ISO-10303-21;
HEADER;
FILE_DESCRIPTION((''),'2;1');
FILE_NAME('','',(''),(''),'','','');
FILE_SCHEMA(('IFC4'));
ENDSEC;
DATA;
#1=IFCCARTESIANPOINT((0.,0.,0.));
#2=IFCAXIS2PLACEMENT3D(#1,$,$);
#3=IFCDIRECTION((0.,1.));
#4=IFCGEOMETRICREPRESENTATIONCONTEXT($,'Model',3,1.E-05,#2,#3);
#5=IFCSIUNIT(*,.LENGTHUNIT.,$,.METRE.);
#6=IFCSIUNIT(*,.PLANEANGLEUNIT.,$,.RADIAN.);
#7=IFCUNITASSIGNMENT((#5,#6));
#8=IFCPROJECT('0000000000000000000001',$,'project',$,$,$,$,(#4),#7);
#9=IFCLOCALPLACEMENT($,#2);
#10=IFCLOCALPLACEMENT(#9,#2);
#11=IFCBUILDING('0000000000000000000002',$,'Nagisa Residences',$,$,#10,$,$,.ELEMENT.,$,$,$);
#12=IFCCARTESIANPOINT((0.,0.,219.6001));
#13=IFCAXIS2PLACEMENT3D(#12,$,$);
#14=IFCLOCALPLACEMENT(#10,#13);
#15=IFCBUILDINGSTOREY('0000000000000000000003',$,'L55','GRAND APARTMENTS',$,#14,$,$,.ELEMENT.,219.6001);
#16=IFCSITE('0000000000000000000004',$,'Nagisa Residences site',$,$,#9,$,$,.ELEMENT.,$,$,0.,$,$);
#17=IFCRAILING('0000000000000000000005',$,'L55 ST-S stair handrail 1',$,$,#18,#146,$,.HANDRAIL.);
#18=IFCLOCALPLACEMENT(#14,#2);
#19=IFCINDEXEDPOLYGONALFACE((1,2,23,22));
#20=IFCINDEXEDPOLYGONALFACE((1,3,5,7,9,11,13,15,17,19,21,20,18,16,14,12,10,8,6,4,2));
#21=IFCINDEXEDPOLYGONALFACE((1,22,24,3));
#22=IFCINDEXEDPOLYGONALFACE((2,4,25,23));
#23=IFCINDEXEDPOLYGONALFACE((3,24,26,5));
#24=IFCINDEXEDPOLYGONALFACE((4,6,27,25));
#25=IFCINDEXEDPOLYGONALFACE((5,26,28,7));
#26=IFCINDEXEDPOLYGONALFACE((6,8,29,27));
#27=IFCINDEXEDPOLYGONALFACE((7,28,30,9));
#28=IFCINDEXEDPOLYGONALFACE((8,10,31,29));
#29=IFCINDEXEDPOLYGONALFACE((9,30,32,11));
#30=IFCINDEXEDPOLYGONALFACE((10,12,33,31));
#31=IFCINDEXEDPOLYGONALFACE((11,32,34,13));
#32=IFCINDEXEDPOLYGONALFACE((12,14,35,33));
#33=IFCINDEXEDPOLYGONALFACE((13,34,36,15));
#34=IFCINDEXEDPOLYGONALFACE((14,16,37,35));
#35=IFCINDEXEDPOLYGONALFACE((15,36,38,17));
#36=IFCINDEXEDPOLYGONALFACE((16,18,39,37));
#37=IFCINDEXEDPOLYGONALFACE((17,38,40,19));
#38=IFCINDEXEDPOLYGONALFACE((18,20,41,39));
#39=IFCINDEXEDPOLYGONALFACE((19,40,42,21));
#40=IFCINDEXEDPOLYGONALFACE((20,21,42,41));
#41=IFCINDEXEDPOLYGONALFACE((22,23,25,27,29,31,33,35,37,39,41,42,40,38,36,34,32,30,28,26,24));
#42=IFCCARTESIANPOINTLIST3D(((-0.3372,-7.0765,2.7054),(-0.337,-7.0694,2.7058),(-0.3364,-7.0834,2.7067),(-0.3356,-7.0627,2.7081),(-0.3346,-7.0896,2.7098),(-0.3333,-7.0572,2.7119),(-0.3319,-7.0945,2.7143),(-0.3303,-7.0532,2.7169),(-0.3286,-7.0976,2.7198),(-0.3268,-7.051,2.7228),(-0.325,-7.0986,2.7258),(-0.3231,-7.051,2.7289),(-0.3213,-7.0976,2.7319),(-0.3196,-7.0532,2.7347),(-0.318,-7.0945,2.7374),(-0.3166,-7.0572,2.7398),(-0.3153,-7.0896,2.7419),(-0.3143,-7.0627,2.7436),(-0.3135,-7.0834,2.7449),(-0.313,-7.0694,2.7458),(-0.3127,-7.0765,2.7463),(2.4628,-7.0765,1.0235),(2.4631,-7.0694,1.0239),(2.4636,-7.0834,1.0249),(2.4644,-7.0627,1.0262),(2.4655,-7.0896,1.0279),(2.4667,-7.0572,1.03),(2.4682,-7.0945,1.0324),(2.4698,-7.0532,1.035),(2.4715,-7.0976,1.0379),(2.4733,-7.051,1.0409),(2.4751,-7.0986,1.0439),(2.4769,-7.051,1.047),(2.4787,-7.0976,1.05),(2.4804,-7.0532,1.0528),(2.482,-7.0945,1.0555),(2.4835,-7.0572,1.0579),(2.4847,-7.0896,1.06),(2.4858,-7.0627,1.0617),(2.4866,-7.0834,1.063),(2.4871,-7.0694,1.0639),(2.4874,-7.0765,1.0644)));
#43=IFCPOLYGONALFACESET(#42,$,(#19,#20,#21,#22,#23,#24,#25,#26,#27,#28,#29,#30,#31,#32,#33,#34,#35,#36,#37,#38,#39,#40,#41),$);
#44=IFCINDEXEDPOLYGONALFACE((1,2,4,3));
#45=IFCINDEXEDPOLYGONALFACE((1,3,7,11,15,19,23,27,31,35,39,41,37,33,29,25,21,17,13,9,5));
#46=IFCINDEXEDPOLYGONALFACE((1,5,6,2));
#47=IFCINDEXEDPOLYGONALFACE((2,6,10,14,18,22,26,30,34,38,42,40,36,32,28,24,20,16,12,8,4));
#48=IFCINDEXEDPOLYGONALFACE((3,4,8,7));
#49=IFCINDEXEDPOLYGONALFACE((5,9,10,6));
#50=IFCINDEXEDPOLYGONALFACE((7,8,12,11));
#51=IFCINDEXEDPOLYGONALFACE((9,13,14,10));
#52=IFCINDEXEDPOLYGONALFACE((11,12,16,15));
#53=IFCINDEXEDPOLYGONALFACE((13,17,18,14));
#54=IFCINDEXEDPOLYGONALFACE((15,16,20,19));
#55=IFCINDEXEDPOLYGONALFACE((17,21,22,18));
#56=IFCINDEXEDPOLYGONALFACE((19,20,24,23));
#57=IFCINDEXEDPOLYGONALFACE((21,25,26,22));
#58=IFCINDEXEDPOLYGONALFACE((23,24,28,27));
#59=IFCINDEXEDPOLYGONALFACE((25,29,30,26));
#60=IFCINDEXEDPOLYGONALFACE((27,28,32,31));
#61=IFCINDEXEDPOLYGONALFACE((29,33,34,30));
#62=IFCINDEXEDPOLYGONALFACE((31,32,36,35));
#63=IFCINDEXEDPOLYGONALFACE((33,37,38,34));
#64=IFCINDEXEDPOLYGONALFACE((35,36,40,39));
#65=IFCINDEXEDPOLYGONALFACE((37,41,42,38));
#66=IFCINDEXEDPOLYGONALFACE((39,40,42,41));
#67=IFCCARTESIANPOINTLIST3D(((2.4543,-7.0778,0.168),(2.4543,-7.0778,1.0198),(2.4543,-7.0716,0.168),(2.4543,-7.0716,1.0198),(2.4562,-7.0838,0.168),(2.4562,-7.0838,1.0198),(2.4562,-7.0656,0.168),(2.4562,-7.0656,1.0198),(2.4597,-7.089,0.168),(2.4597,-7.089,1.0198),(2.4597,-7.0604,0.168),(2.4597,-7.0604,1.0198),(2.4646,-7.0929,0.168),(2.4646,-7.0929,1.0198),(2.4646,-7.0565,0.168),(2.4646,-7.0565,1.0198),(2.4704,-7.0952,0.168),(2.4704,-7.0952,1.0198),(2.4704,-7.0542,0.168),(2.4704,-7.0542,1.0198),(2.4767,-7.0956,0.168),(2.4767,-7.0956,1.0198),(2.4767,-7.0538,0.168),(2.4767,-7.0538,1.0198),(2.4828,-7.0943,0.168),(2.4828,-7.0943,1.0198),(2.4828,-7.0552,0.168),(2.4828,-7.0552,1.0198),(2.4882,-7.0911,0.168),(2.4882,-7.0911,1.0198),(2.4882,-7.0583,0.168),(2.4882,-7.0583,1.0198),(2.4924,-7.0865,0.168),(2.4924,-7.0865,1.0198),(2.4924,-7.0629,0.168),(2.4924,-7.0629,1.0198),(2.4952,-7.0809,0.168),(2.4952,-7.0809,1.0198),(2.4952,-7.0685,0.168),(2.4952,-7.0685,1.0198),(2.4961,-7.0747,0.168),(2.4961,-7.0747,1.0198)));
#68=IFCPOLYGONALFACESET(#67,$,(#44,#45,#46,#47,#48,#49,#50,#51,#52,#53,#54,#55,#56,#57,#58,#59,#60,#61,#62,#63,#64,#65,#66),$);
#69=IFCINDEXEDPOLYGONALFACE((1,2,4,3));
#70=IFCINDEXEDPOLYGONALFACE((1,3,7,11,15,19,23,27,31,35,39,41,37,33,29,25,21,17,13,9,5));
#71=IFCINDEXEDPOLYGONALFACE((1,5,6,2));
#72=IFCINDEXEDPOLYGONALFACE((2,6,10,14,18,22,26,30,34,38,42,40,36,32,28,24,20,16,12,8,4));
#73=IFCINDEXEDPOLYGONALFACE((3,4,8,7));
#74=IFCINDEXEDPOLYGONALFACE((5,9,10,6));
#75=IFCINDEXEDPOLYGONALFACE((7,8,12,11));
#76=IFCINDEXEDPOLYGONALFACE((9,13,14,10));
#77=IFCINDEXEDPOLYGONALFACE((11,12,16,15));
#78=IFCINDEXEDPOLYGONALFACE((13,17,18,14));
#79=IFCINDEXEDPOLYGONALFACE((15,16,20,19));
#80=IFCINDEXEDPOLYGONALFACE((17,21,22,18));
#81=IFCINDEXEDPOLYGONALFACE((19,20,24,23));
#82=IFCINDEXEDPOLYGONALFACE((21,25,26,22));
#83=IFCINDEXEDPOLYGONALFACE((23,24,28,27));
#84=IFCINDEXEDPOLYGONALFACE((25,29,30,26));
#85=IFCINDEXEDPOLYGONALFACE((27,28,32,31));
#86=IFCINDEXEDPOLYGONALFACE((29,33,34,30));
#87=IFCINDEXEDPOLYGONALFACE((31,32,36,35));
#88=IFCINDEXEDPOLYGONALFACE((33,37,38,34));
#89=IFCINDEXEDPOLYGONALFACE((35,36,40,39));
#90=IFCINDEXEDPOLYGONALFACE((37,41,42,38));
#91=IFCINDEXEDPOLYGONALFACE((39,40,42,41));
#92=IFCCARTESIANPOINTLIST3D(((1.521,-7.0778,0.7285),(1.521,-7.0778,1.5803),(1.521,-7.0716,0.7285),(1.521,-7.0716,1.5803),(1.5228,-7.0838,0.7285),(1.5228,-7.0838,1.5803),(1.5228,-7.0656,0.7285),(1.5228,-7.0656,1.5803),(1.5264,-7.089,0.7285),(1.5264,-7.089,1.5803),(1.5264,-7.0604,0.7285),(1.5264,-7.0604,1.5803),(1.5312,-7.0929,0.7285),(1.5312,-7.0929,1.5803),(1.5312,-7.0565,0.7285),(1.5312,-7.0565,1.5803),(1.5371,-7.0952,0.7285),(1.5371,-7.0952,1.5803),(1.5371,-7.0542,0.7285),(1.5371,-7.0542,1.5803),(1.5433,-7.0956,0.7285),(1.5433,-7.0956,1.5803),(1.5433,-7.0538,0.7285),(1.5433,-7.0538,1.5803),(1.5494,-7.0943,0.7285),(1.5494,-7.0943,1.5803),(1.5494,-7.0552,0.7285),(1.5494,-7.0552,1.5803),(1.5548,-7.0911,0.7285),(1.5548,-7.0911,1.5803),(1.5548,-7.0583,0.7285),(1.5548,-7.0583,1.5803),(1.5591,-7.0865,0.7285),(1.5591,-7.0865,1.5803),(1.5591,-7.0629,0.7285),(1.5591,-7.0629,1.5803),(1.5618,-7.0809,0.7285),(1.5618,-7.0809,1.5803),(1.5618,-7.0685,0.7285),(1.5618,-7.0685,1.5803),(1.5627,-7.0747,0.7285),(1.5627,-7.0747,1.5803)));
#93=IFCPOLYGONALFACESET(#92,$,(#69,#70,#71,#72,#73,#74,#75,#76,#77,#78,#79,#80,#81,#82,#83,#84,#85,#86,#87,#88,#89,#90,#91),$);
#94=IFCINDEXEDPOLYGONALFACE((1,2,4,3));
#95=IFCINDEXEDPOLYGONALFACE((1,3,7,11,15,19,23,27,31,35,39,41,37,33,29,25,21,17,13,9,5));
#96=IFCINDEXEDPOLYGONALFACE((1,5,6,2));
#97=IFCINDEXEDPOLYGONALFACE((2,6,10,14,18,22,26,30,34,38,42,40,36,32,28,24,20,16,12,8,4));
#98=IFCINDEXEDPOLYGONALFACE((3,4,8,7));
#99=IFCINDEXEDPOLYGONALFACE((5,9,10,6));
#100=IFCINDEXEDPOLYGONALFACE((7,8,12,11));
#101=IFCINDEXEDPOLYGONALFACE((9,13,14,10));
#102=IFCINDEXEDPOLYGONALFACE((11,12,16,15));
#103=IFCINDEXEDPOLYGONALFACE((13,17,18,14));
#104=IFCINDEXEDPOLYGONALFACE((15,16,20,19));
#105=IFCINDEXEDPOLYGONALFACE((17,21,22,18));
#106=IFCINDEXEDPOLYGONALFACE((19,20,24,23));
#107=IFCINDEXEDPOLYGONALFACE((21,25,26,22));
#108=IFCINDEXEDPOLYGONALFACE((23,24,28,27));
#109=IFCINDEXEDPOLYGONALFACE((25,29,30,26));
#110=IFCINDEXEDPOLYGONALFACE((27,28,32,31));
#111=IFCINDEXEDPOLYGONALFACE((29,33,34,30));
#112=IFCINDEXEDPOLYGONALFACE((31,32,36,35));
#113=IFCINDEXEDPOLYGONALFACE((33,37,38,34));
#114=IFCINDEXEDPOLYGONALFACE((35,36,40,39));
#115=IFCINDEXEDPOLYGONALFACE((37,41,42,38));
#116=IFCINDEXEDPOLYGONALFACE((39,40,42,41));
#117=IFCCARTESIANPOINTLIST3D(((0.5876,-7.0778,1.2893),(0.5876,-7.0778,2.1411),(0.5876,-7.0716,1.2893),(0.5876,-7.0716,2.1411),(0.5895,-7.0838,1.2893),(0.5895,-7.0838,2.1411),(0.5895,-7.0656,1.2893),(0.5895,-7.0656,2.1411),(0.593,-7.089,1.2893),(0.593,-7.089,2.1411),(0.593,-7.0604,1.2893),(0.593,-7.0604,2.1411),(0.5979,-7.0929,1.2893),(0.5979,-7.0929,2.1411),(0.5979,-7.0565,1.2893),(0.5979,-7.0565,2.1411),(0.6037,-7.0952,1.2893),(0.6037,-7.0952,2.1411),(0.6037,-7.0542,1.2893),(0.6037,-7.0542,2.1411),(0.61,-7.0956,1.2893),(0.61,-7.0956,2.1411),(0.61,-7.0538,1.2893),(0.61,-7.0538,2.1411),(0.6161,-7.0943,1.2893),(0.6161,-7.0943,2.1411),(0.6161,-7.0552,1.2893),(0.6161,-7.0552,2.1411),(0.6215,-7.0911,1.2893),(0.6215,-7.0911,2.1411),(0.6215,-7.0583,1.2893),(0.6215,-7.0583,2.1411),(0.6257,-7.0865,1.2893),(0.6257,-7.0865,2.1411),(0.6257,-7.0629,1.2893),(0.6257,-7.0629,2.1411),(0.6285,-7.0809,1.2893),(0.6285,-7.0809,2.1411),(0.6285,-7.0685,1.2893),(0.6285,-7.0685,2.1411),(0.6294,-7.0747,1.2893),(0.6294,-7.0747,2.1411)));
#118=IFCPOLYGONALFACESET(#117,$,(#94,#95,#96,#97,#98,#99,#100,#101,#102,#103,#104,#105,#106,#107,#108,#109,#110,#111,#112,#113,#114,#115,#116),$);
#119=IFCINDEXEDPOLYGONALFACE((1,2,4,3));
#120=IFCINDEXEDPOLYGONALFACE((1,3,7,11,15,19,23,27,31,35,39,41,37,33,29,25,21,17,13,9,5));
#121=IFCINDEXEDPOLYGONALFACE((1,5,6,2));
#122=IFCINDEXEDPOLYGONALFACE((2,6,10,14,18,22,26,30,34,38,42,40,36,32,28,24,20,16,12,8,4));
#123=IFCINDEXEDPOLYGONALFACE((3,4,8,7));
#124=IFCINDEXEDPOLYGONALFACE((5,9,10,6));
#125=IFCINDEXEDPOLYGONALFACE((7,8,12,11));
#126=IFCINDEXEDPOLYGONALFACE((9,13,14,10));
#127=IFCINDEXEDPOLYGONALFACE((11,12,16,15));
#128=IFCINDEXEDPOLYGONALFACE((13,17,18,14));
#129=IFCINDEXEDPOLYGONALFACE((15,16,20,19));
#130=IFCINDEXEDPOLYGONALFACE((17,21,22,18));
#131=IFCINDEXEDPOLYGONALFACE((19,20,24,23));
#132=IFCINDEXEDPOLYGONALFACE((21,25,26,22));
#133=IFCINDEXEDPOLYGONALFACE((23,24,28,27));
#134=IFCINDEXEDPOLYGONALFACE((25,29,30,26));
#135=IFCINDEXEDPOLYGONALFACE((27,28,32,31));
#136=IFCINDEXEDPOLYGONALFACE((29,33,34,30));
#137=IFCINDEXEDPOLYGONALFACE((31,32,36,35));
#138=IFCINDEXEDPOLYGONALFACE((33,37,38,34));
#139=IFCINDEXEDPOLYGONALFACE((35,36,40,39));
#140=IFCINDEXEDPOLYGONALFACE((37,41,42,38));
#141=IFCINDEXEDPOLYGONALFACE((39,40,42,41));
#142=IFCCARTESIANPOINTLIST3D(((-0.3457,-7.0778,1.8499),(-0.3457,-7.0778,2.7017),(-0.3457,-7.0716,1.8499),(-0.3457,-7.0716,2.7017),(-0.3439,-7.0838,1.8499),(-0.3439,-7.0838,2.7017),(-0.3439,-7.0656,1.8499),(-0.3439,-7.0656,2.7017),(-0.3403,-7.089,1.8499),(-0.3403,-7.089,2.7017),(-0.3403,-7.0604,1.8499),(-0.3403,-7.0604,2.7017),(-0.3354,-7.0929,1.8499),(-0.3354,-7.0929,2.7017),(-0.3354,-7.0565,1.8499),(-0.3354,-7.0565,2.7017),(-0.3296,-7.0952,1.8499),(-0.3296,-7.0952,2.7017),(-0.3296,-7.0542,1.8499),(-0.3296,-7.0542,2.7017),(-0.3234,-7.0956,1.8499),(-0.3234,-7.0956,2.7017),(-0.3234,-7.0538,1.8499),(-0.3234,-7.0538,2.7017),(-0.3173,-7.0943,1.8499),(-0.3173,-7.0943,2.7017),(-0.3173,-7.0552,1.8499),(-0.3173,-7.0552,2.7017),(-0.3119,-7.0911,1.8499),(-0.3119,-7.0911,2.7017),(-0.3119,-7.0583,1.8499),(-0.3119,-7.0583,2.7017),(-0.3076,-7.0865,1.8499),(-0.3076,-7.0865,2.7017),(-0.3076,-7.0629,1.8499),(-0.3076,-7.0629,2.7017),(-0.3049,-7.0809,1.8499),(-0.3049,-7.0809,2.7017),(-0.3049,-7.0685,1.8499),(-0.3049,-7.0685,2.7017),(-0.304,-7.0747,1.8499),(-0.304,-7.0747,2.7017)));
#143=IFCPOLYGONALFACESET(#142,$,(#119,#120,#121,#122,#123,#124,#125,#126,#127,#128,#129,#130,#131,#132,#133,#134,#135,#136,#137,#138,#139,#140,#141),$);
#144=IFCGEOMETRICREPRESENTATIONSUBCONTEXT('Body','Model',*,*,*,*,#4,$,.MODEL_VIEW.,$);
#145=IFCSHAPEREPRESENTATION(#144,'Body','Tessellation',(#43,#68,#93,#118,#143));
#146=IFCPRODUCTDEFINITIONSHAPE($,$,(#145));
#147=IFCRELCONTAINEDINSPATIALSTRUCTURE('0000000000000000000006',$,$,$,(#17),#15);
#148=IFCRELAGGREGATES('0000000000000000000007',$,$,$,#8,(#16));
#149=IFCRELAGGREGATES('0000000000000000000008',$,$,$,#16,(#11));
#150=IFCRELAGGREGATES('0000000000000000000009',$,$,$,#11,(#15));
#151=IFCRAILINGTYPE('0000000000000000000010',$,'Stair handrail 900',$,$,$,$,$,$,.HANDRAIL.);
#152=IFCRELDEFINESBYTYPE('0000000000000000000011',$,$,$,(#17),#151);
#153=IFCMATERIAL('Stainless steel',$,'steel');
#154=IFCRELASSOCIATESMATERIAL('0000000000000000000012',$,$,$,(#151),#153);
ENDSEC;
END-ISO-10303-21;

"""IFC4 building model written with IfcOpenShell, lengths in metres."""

from ifc_helpers import new_model, si_unit, direction, frame, origin, origin_2d, place, context, subcontext, project, spatial, circle, extrude, material, type_object, element, save


model = new_model("IFC4")

# Units and contexts
model_context = context("Model", 3, precision=1e-05, world=origin(), true_north=direction((0.0, 1.0)))
body_context = subcontext(model_context, "Body", "Model", "MODEL_VIEW")
ifc_project = project(units=[si_unit("LENGTHUNIT", "METRE"), si_unit("PLANEANGLEUNIT", "RADIAN")], contexts=[model_context])

# Site, building, storey
site_placement = place(None, origin())
site = spatial("IfcSite", under=ifc_project, at=site_placement, Name="Nagisa Residences site", CompositionType="ELEMENT", RefElevation=0.0)
building_placement = place(site_placement, origin())
building = spatial("IfcBuilding", under=site, at=building_placement, Name="Nagisa Residences", CompositionType="ELEMENT")
storey_placement = place(building_placement, frame((0.0, 0.0, 219.6001)))
storey = spatial("IfcBuildingStorey", under=building, at=storey_placement, Name="L55", Description="GRAND APARTMENTS", CompositionType="ELEMENT", Elevation=219.6001)

# Railing
ifc_material_1 = material(Name="Stainless steel", Category="steel")
railing_type_1 = type_object("IfcRailingType", Name="Stair handrail 900", PredefinedType="HANDRAIL", material=ifc_material_1)
railing_1_placement = place(storey_placement, frame((2.4751, -7.0747, 0.168)))
element("IfcRailing", 1, at=railing_1_placement, inside=storey, type_object=railing_type_1, Name="L55 ST-S stair handrail 1", PredefinedType="HANDRAIL", context=body_context, shape_type="SweptSolid", body=[
    extrude(circle(Radius=0.0239, at=origin_2d()), frame((0.0, 0.0, 0.876), z_axis=(-0.857242, 0.0, 0.514913), x_axis=(0.0, -1.0, 0.0)), (0.0, 0.0, 1.0), 3.2664),
    extrude(circle(Radius=0.021, at=origin_2d()), origin(), (0.0, 0.0, 1.0), 0.8518),
    extrude(circle(Radius=0.021, at=origin_2d()), frame((-0.9333, 0.0, 0.5605)), (0.0, 0.0, 1.0), 0.8518),
    extrude(circle(Radius=0.021, at=origin_2d()), frame((-1.8667, 0.0, 1.1213)), (0.0, 0.0, 1.0), 0.8518),
    extrude(circle(Radius=0.021, at=origin_2d()), frame((-2.8, 0.0, 1.6819)), (0.0, 0.0, 1.0), 0.8518),
])

save(model, "model.ifc")
